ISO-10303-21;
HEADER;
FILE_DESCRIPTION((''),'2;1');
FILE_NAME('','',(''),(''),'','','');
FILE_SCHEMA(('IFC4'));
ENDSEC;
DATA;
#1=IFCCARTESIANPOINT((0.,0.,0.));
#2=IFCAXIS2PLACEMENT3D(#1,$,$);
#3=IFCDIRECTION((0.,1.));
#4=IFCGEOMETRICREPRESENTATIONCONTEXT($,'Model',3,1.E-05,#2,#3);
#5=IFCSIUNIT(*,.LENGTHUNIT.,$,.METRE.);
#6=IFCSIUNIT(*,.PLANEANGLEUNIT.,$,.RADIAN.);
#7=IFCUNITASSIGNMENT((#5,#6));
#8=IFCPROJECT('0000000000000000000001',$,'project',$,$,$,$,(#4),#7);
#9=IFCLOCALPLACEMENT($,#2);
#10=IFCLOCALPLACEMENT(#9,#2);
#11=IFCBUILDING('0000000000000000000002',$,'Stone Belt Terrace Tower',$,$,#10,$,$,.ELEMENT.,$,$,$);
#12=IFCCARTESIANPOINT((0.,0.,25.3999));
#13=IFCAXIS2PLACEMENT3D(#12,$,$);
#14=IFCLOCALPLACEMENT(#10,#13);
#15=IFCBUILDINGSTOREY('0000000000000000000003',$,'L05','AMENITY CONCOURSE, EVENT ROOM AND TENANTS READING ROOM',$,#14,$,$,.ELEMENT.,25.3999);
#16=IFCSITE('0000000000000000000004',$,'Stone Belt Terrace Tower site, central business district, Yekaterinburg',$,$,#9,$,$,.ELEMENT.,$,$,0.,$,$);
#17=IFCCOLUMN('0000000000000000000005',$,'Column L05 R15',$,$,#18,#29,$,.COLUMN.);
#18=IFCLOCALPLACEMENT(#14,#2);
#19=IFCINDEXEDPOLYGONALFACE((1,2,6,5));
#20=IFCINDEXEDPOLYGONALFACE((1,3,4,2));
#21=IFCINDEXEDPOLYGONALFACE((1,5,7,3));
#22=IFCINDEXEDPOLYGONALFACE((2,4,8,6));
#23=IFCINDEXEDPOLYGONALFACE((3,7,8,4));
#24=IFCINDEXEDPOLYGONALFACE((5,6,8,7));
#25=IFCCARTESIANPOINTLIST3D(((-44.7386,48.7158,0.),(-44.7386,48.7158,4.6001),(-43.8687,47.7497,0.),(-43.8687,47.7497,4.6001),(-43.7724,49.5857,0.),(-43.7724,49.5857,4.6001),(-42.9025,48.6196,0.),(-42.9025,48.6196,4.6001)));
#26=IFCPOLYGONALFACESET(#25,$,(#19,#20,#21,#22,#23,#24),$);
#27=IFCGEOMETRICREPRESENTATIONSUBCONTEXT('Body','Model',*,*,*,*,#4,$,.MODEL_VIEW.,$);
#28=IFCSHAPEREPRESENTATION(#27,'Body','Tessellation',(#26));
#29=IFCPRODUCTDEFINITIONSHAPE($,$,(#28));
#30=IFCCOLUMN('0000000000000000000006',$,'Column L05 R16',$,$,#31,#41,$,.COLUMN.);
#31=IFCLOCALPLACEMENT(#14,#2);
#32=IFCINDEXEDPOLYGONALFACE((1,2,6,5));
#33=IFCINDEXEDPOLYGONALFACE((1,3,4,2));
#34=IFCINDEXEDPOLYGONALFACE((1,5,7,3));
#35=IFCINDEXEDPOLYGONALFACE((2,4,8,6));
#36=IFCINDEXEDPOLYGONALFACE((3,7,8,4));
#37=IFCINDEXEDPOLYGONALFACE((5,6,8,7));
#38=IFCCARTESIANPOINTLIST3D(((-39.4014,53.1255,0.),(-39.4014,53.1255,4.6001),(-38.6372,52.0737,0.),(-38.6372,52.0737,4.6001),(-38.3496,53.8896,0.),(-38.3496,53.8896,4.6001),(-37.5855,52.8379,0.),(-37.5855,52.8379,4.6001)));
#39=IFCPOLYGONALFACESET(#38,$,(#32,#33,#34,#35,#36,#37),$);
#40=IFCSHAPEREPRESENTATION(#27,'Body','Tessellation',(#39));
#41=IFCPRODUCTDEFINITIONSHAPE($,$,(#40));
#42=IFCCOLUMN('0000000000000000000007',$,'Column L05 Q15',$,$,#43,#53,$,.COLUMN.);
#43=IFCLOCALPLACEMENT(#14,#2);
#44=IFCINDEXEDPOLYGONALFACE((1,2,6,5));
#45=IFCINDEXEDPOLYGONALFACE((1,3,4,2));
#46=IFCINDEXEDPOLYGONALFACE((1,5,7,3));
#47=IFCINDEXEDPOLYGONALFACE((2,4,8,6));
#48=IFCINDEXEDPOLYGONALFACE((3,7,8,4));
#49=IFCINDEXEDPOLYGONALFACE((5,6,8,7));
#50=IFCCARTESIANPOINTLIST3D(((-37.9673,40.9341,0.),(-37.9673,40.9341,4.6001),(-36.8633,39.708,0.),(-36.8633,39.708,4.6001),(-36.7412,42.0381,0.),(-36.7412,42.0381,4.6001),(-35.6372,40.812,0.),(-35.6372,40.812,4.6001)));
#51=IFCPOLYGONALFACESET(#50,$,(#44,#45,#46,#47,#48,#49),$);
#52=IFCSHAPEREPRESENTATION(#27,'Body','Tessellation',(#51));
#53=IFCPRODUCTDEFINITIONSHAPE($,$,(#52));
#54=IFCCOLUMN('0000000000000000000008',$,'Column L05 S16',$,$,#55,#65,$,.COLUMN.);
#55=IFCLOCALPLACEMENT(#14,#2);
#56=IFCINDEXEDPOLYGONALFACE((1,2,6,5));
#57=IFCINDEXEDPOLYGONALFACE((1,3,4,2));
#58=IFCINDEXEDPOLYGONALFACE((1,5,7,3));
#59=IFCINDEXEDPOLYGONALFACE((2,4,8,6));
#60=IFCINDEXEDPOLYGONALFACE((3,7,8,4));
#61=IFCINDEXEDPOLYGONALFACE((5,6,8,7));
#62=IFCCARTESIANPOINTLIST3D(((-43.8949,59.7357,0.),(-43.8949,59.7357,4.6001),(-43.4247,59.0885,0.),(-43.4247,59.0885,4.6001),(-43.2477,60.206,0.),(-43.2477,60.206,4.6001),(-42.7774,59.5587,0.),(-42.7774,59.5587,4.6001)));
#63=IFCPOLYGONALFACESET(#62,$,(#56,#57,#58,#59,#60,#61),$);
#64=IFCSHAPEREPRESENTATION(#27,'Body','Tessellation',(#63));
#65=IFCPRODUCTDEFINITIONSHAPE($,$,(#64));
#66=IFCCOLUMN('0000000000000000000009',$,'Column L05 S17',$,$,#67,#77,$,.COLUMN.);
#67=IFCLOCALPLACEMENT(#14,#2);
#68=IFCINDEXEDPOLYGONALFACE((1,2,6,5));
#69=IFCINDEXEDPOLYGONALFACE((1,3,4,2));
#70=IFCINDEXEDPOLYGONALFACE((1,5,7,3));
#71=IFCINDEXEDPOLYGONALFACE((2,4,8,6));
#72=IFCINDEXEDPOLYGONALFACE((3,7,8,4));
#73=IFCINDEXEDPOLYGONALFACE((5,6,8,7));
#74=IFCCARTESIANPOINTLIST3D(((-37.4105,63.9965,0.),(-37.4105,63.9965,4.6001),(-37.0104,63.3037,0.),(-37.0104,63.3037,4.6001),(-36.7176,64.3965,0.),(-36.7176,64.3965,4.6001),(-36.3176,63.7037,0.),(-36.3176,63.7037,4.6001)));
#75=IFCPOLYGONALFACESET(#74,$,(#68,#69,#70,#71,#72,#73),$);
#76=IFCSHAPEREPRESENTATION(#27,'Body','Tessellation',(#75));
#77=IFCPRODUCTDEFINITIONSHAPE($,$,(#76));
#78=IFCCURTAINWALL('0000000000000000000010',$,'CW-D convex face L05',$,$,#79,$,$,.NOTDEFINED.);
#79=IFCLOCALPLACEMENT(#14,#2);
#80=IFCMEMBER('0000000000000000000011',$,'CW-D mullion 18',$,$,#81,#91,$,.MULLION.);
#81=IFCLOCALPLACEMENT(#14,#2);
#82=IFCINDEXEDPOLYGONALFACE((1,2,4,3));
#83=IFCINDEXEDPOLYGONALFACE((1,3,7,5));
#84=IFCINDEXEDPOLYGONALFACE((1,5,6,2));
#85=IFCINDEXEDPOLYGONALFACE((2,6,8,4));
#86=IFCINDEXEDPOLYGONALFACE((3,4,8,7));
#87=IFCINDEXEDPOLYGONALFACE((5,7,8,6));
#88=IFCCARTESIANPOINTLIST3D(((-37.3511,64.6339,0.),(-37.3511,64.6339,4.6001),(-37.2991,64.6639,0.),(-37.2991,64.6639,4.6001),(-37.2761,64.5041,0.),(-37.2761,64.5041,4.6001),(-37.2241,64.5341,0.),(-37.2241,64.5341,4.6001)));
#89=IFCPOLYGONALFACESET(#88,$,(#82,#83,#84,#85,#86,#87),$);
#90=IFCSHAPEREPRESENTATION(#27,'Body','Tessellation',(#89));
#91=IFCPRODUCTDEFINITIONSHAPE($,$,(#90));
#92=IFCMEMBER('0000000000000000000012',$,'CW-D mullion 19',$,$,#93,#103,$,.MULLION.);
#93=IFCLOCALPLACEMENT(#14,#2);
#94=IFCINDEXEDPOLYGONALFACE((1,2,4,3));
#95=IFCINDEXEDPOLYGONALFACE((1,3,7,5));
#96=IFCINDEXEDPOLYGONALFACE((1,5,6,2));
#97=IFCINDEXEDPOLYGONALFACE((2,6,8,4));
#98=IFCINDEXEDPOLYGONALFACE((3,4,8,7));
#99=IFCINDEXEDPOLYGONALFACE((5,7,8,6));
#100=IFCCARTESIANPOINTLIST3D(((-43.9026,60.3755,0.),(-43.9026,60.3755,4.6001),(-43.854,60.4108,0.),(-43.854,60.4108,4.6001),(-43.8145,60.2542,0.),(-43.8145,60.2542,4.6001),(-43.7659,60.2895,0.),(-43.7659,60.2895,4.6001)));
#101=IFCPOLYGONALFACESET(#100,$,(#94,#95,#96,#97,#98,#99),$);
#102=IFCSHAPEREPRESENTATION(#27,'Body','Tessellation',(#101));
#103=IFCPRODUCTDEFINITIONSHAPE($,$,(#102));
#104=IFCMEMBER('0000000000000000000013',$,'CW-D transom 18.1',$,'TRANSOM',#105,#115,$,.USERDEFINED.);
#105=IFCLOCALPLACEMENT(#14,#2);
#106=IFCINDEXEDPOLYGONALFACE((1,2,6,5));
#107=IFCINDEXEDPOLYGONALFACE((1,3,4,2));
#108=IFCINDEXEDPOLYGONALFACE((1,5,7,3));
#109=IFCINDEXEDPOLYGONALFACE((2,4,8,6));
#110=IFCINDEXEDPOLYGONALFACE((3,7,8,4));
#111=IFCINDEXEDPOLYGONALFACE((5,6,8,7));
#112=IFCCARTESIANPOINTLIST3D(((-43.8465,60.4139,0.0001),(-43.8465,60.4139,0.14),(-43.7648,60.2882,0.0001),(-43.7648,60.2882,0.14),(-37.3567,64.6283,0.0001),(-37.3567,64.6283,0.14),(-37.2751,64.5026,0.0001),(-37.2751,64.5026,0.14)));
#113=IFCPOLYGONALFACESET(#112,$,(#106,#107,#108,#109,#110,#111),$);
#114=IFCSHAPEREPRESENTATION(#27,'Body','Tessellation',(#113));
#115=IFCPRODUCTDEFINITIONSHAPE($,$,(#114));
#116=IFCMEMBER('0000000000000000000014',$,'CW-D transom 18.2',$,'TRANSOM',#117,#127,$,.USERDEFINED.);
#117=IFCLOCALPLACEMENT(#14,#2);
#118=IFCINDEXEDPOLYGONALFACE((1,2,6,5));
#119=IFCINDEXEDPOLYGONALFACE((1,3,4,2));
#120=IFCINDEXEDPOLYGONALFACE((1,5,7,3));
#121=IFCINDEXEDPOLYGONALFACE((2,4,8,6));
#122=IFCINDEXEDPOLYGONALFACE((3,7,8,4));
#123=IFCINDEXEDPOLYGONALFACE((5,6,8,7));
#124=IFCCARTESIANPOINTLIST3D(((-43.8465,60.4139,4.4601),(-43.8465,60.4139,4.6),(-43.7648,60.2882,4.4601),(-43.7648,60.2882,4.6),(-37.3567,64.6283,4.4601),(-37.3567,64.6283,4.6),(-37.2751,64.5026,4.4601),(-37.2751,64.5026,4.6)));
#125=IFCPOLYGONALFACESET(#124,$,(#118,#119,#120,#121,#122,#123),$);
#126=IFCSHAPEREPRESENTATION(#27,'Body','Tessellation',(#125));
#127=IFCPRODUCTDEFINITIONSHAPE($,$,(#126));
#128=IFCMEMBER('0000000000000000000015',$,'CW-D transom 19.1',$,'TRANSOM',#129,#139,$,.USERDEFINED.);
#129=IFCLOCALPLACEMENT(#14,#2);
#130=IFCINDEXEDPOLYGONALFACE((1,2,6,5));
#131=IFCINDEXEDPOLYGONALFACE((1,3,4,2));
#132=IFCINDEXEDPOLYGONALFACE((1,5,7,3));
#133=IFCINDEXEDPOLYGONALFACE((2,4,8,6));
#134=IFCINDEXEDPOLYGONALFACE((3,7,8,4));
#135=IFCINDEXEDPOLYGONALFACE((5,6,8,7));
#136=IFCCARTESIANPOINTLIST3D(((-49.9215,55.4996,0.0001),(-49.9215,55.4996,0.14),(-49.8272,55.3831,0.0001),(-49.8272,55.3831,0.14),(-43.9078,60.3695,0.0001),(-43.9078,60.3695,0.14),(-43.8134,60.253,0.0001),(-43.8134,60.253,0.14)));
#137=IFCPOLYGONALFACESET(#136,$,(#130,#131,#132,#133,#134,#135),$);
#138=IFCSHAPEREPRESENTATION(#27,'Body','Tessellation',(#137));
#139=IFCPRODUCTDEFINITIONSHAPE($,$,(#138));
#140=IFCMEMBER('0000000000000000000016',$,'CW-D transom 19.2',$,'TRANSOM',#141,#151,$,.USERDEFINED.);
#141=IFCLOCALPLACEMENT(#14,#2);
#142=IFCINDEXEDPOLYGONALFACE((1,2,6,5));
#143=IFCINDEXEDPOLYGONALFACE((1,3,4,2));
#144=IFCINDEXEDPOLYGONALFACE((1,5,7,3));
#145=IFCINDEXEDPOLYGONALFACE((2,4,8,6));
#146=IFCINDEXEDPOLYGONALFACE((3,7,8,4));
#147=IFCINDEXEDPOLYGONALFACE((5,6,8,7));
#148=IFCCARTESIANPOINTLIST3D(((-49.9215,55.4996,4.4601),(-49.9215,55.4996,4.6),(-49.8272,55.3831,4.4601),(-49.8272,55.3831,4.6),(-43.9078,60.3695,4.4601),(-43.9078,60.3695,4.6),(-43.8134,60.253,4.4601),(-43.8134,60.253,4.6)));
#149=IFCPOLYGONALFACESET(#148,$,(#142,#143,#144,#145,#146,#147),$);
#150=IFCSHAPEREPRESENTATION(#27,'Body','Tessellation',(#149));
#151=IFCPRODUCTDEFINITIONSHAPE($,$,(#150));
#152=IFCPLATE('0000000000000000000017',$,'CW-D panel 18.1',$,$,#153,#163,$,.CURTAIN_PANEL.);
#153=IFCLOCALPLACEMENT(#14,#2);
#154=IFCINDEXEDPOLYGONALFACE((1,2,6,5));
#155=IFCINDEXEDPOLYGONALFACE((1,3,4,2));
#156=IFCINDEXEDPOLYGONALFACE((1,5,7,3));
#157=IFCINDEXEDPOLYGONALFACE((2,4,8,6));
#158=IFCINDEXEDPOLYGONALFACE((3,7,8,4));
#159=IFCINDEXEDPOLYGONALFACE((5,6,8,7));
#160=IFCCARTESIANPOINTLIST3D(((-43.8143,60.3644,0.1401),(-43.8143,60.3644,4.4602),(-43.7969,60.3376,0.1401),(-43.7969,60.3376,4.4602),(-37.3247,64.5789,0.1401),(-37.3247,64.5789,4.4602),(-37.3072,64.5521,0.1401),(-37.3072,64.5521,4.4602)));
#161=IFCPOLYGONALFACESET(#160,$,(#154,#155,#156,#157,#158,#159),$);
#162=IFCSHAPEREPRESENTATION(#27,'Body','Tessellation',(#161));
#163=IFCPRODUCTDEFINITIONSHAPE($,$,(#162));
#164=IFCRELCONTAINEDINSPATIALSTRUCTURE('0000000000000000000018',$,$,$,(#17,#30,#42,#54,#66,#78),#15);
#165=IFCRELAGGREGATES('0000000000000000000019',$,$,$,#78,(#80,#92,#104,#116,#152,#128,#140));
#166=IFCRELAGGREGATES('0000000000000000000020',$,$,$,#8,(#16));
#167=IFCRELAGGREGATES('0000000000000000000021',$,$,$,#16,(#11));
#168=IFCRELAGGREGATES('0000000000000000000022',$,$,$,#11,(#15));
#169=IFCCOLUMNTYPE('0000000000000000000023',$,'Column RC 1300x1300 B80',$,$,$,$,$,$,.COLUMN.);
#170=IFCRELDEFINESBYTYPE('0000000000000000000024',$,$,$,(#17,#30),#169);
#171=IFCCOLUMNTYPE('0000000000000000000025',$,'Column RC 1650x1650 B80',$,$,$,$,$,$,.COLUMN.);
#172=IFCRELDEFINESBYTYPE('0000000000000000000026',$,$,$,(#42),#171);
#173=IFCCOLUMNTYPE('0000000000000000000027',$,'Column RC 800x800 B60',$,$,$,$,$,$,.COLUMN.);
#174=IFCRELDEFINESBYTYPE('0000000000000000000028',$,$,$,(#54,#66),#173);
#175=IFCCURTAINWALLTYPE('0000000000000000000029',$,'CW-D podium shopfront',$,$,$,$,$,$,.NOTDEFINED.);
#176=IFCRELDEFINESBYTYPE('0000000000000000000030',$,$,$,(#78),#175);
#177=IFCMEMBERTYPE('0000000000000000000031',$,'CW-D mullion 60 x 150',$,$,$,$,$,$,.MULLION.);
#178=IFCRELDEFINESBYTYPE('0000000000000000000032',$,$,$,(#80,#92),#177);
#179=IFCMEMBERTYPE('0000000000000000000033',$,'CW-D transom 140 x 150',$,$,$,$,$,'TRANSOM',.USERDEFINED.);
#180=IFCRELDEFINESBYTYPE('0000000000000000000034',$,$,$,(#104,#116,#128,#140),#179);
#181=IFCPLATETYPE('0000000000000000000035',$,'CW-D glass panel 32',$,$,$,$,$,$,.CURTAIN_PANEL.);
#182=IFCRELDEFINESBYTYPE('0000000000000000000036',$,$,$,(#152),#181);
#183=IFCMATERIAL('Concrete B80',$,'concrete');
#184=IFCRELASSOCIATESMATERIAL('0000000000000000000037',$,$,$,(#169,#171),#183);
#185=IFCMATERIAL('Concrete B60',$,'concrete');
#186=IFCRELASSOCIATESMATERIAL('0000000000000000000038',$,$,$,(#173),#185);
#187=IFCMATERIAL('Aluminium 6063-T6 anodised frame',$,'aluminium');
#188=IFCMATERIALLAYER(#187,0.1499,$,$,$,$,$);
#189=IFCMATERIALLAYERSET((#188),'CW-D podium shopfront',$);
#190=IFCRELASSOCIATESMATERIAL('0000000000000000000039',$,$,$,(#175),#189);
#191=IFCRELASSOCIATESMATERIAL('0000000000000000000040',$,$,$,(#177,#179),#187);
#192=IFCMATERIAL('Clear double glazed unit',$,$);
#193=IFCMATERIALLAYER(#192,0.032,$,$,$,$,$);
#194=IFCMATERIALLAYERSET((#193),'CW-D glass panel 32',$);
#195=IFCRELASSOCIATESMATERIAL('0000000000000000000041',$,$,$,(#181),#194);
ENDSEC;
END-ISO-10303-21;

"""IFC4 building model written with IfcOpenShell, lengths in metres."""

from ifc_helpers import new_model, si_unit, direction, frame, origin, origin_2d, place, context, subcontext, project, spatial, rectangle, extrude, material, layer, layer_set, material_profile, profile_set, type_object, element, aggregate, save


model = new_model("IFC4")

# Units and contexts
model_context = context("Model", 3, precision=1e-05, world=origin(), true_north=direction((0.0, 1.0)))
body_context = subcontext(model_context, "Body", "Model", "MODEL_VIEW")
ifc_project = project(units=[si_unit("LENGTHUNIT", "METRE"), si_unit("PLANEANGLEUNIT", "RADIAN")], contexts=[model_context])

# Site, building, storey
site_placement = place(None, origin())
site = spatial("IfcSite", under=ifc_project, at=site_placement, Name="Stone Belt Terrace Tower site, central business district, Yekaterinburg", CompositionType="ELEMENT", RefElevation=0.0)
building_placement = place(site_placement, origin())
building = spatial("IfcBuilding", under=site, at=building_placement, Name="Stone Belt Terrace Tower", CompositionType="ELEMENT")
storey_placement = place(building_placement, frame((0.0, 0.0, 25.3999)))
storey = spatial("IfcBuildingStorey", under=building, at=storey_placement, Name="L05", Description="AMENITY CONCOURSE, EVENT ROOM AND TENANTS READING ROOM", CompositionType="ELEMENT", Elevation=25.3999)

# Columns
ifc_material_1 = material(Name="Concrete B80", Category="concrete")
ifc_material_profile_1 = material_profile(ifc_material_1, rectangle(XDim=1.3, YDim=1.3, at=origin_2d()), Name="RC 1300x1300")
ifc_profile_set_1 = profile_set([ifc_material_profile_1], Name="Concrete B80")
column_type_1 = type_object("IfcColumnType", Name="Column RC 1300x1300 B80", PredefinedType="COLUMN", material=ifc_profile_set_1)
for number, where, z_axis, x_axis, name in (
    (1, (-43.8206, 48.6677, 0.0), (0.0, 0.0, 1.0), (0.743145, 0.669131, 0.0), "Column L05 R15"),
    (2, (-38.4934, 52.9817, 0.0), (0.0, 0.0, 1.0), (0.809017, 0.587785, 0.0), "Column L05 R16"),
):
    element("IfcColumn", number, at=place(storey_placement, frame(where, z_axis=z_axis, x_axis=x_axis)), inside=storey, type_object=column_type_1, Name=name, PredefinedType="COLUMN", context=body_context, shape_type="SweptSolid", body=[
        extrude(rectangle(XDim=1.3, YDim=1.3, at=origin_2d()), origin(), (0.0, 0.0, 1.0), 4.6001),
    ])
ifc_material_profile_2 = material_profile(ifc_material_1, rectangle(XDim=1.6499, YDim=1.6499, at=origin_2d()), Name="RC 1650x1650")
ifc_profile_set_2 = profile_set([ifc_material_profile_2], Name="Concrete B80")
column_type_2 = type_object("IfcColumnType", Name="Column RC 1650x1650 B80", PredefinedType="COLUMN", material=ifc_profile_set_2)
column_placement = place(storey_placement, frame((-36.8022, 40.873, 0.0), z_axis=(0.0, 0.0, 1.0), x_axis=(0.743145, 0.669131, 0.0)))
element("IfcColumn", 3, at=column_placement, inside=storey, type_object=column_type_2, Name="Column L05 Q15", PredefinedType="COLUMN", context=body_context, shape_type="SweptSolid", body=[
    extrude(rectangle(XDim=1.6499, YDim=1.6499, at=origin_2d()), origin(), (0.0, 0.0, 1.0), 4.6001),
])
ifc_material_2 = material(Name="Concrete B60", Category="concrete")
ifc_material_profile_3 = material_profile(ifc_material_2, rectangle(XDim=0.8, YDim=0.8, at=origin_2d()), Name="RC 800x800")
ifc_profile_set_3 = profile_set([ifc_material_profile_3], Name="Concrete B60")
column_type_3 = type_object("IfcColumnType", Name="Column RC 800x800 B60", PredefinedType="COLUMN", material=ifc_profile_set_3)
for number, where, z_axis, x_axis, name in (
    (4, (-43.3362, 59.6472, 0.0), (0.0, 0.0, 1.0), (0.809017, 0.587785, 0.0), "Column L05 S16"),
    (5, (-36.864, 63.8501, 0.0), (0.0, 0.0, 1.0), (0.866025, 0.5, 0.0), "Column L05 S17"),
):
    element("IfcColumn", number, at=place(storey_placement, frame(where, z_axis=z_axis, x_axis=x_axis)), inside=storey, type_object=column_type_3, Name=name, PredefinedType="COLUMN", context=body_context, shape_type="SweptSolid", body=[
        extrude(rectangle(XDim=0.8, YDim=0.8, at=origin_2d()), origin(), (0.0, 0.0, 1.0), 4.6001),
    ])

# Curtain wall, members, plate
ifc_material_3 = material(Name="Aluminium 6063-T6 anodised frame", Category="aluminium")
ifc_layer_1 = layer(ifc_material_3, 0.1499)
ifc_layer_set_1 = layer_set([ifc_layer_1], Name="CW-D podium shopfront")
curtain_wall_type = type_object("IfcCurtainWallType", Name="CW-D podium shopfront", PredefinedType="NOTDEFINED", material=ifc_layer_set_1)
curtain_wall_placement = place(storey_placement, origin())
curtain_wall = element("IfcCurtainWall", 6, at=curtain_wall_placement, inside=storey, type_object=curtain_wall_type, Name="CW-D convex face L05", PredefinedType="NOTDEFINED")
ifc_material_profile_4 = material_profile(ifc_material_3, rectangle(XDim=0.1499, YDim=0.0601, at=origin_2d()), Name="Aluminium 6063-T6 60x150")
ifc_profile_set_4 = profile_set([ifc_material_profile_4], Name="Aluminium 6063-T6 anodised frame")
member_type_1 = type_object("IfcMemberType", Name="CW-D mullion 60 x 150", PredefinedType="MULLION", material=ifc_profile_set_4)
member_1_placement = place(storey_placement, frame((-37.2876, 64.584, 0.0), z_axis=(0.0, 0.0, 1.0), x_axis=(0.5, -0.866025, 0.0)))
member_1 = element("IfcMember", 7, at=member_1_placement, type_object=member_type_1, Name="CW-D mullion 18", PredefinedType="MULLION", context=body_context, shape_type="SweptSolid", body=[
    extrude(rectangle(XDim=0.1499, YDim=0.0601, at=origin_2d()), origin(), (0.0, 0.0, 1.0), 4.6001),
])
member_2_placement = place(storey_placement, frame((-43.8342, 60.3325, 0.0), z_axis=(0.0, 0.0, 1.0), x_axis=(0.587785, -0.809017, 0.0)))
member_2 = element("IfcMember", 8, at=member_2_placement, type_object=member_type_1, Name="CW-D mullion 19", PredefinedType="MULLION", context=body_context, shape_type="SweptSolid", body=[
    extrude(rectangle(XDim=0.1499, YDim=0.0601, at=origin_2d()), origin(), (0.0, 0.0, 1.0), 4.6001),
])
ifc_material_profile_5 = material_profile(ifc_material_3, rectangle(XDim=0.1499, YDim=0.1399, at=origin_2d()), Name="Aluminium 6063-T6 150x140")
ifc_profile_set_5 = profile_set([ifc_material_profile_5], Name="Aluminium 6063-T6 anodised frame")
member_type_2 = type_object("IfcMemberType", Name="CW-D transom 140 x 150", ElementType="TRANSOM", PredefinedType="USERDEFINED", material=ifc_profile_set_5)
member_3_placement = place(storey_placement, frame((-37.3159, 64.5654, 0.0701), z_axis=(-0.838679, -0.544627, 0.0), x_axis=(0.544627, -0.838679, 0.0)))
member_3 = element("IfcMember", 9, at=member_3_placement, type_object=member_type_2, Name="CW-D transom 18.1", ObjectType="TRANSOM", PredefinedType="USERDEFINED", context=body_context, shape_type="SweptSolid", body=[
    extrude(rectangle(XDim=0.1499, YDim=0.1399, at=origin_2d()), origin(), (0.0, 0.0, 1.0), 7.738),
])
member_4_placement = place(storey_placement, frame((-37.3159, 64.5654, 4.53), z_axis=(-0.838679, -0.544627, 0.0), x_axis=(0.544627, -0.838679, 0.0)))
member_4 = element("IfcMember", 10, at=member_4_placement, type_object=member_type_2, Name="CW-D transom 18.2", ObjectType="TRANSOM", PredefinedType="USERDEFINED", context=body_context, shape_type="SweptSolid", body=[
    extrude(rectangle(XDim=0.1499, YDim=0.1399, at=origin_2d()), origin(), (0.0, 0.0, 1.0), 7.738),
])
member_5_placement = place(storey_placement, frame((-43.8606, 60.3113, 0.0701), z_axis=(-0.77714, -0.629328, 0.0), x_axis=(0.629328, -0.77714, 0.0)))
member_5 = element("IfcMember", 11, at=member_5_placement, type_object=member_type_2, Name="CW-D transom 19.1", ObjectType="TRANSOM", PredefinedType="USERDEFINED", context=body_context, shape_type="SweptSolid", body=[
    extrude(rectangle(XDim=0.1499, YDim=0.1399, at=origin_2d()), origin(), (0.0, 0.0, 1.0), 7.7383),
])
member_6_placement = place(storey_placement, frame((-43.8606, 60.3113, 4.53), z_axis=(-0.77714, -0.629328, 0.0), x_axis=(0.629328, -0.77714, 0.0)))
member_6 = element("IfcMember", 12, at=member_6_placement, type_object=member_type_2, Name="CW-D transom 19.2", ObjectType="TRANSOM", PredefinedType="USERDEFINED", context=body_context, shape_type="SweptSolid", body=[
    extrude(rectangle(XDim=0.1499, YDim=0.1399, at=origin_2d()), origin(), (0.0, 0.0, 1.0), 7.7383),
])
ifc_material_4 = material(Name="Clear double glazed unit")
ifc_layer_2 = layer(ifc_material_4, 0.032)
ifc_layer_set_2 = layer_set([ifc_layer_2], Name="CW-D glass panel 32")
plate_type = type_object("IfcPlateType", Name="CW-D glass panel 32", PredefinedType="CURTAIN_PANEL", material=ifc_layer_set_2)
plate_placement = place(storey_placement, frame((-40.5608, 62.4583, 0.1401), z_axis=(0.0, 0.0, 1.0), x_axis=(-0.838671, -0.544639, 0.0)))
plate = element("IfcPlate", 13, at=plate_placement, type_object=plate_type, Name="CW-D panel 18.1", PredefinedType="CURTAIN_PANEL", context=body_context, shape_type="SweptSolid", body=[
    extrude(rectangle(XDim=7.738, YDim=0.032, at=origin_2d()), origin(), (0.0, 0.0, 1.0), 4.3201),
])
aggregate(curtain_wall, [member_1, member_2, member_3, member_4, plate, member_5, member_6])

save(model, "model.ifc")
